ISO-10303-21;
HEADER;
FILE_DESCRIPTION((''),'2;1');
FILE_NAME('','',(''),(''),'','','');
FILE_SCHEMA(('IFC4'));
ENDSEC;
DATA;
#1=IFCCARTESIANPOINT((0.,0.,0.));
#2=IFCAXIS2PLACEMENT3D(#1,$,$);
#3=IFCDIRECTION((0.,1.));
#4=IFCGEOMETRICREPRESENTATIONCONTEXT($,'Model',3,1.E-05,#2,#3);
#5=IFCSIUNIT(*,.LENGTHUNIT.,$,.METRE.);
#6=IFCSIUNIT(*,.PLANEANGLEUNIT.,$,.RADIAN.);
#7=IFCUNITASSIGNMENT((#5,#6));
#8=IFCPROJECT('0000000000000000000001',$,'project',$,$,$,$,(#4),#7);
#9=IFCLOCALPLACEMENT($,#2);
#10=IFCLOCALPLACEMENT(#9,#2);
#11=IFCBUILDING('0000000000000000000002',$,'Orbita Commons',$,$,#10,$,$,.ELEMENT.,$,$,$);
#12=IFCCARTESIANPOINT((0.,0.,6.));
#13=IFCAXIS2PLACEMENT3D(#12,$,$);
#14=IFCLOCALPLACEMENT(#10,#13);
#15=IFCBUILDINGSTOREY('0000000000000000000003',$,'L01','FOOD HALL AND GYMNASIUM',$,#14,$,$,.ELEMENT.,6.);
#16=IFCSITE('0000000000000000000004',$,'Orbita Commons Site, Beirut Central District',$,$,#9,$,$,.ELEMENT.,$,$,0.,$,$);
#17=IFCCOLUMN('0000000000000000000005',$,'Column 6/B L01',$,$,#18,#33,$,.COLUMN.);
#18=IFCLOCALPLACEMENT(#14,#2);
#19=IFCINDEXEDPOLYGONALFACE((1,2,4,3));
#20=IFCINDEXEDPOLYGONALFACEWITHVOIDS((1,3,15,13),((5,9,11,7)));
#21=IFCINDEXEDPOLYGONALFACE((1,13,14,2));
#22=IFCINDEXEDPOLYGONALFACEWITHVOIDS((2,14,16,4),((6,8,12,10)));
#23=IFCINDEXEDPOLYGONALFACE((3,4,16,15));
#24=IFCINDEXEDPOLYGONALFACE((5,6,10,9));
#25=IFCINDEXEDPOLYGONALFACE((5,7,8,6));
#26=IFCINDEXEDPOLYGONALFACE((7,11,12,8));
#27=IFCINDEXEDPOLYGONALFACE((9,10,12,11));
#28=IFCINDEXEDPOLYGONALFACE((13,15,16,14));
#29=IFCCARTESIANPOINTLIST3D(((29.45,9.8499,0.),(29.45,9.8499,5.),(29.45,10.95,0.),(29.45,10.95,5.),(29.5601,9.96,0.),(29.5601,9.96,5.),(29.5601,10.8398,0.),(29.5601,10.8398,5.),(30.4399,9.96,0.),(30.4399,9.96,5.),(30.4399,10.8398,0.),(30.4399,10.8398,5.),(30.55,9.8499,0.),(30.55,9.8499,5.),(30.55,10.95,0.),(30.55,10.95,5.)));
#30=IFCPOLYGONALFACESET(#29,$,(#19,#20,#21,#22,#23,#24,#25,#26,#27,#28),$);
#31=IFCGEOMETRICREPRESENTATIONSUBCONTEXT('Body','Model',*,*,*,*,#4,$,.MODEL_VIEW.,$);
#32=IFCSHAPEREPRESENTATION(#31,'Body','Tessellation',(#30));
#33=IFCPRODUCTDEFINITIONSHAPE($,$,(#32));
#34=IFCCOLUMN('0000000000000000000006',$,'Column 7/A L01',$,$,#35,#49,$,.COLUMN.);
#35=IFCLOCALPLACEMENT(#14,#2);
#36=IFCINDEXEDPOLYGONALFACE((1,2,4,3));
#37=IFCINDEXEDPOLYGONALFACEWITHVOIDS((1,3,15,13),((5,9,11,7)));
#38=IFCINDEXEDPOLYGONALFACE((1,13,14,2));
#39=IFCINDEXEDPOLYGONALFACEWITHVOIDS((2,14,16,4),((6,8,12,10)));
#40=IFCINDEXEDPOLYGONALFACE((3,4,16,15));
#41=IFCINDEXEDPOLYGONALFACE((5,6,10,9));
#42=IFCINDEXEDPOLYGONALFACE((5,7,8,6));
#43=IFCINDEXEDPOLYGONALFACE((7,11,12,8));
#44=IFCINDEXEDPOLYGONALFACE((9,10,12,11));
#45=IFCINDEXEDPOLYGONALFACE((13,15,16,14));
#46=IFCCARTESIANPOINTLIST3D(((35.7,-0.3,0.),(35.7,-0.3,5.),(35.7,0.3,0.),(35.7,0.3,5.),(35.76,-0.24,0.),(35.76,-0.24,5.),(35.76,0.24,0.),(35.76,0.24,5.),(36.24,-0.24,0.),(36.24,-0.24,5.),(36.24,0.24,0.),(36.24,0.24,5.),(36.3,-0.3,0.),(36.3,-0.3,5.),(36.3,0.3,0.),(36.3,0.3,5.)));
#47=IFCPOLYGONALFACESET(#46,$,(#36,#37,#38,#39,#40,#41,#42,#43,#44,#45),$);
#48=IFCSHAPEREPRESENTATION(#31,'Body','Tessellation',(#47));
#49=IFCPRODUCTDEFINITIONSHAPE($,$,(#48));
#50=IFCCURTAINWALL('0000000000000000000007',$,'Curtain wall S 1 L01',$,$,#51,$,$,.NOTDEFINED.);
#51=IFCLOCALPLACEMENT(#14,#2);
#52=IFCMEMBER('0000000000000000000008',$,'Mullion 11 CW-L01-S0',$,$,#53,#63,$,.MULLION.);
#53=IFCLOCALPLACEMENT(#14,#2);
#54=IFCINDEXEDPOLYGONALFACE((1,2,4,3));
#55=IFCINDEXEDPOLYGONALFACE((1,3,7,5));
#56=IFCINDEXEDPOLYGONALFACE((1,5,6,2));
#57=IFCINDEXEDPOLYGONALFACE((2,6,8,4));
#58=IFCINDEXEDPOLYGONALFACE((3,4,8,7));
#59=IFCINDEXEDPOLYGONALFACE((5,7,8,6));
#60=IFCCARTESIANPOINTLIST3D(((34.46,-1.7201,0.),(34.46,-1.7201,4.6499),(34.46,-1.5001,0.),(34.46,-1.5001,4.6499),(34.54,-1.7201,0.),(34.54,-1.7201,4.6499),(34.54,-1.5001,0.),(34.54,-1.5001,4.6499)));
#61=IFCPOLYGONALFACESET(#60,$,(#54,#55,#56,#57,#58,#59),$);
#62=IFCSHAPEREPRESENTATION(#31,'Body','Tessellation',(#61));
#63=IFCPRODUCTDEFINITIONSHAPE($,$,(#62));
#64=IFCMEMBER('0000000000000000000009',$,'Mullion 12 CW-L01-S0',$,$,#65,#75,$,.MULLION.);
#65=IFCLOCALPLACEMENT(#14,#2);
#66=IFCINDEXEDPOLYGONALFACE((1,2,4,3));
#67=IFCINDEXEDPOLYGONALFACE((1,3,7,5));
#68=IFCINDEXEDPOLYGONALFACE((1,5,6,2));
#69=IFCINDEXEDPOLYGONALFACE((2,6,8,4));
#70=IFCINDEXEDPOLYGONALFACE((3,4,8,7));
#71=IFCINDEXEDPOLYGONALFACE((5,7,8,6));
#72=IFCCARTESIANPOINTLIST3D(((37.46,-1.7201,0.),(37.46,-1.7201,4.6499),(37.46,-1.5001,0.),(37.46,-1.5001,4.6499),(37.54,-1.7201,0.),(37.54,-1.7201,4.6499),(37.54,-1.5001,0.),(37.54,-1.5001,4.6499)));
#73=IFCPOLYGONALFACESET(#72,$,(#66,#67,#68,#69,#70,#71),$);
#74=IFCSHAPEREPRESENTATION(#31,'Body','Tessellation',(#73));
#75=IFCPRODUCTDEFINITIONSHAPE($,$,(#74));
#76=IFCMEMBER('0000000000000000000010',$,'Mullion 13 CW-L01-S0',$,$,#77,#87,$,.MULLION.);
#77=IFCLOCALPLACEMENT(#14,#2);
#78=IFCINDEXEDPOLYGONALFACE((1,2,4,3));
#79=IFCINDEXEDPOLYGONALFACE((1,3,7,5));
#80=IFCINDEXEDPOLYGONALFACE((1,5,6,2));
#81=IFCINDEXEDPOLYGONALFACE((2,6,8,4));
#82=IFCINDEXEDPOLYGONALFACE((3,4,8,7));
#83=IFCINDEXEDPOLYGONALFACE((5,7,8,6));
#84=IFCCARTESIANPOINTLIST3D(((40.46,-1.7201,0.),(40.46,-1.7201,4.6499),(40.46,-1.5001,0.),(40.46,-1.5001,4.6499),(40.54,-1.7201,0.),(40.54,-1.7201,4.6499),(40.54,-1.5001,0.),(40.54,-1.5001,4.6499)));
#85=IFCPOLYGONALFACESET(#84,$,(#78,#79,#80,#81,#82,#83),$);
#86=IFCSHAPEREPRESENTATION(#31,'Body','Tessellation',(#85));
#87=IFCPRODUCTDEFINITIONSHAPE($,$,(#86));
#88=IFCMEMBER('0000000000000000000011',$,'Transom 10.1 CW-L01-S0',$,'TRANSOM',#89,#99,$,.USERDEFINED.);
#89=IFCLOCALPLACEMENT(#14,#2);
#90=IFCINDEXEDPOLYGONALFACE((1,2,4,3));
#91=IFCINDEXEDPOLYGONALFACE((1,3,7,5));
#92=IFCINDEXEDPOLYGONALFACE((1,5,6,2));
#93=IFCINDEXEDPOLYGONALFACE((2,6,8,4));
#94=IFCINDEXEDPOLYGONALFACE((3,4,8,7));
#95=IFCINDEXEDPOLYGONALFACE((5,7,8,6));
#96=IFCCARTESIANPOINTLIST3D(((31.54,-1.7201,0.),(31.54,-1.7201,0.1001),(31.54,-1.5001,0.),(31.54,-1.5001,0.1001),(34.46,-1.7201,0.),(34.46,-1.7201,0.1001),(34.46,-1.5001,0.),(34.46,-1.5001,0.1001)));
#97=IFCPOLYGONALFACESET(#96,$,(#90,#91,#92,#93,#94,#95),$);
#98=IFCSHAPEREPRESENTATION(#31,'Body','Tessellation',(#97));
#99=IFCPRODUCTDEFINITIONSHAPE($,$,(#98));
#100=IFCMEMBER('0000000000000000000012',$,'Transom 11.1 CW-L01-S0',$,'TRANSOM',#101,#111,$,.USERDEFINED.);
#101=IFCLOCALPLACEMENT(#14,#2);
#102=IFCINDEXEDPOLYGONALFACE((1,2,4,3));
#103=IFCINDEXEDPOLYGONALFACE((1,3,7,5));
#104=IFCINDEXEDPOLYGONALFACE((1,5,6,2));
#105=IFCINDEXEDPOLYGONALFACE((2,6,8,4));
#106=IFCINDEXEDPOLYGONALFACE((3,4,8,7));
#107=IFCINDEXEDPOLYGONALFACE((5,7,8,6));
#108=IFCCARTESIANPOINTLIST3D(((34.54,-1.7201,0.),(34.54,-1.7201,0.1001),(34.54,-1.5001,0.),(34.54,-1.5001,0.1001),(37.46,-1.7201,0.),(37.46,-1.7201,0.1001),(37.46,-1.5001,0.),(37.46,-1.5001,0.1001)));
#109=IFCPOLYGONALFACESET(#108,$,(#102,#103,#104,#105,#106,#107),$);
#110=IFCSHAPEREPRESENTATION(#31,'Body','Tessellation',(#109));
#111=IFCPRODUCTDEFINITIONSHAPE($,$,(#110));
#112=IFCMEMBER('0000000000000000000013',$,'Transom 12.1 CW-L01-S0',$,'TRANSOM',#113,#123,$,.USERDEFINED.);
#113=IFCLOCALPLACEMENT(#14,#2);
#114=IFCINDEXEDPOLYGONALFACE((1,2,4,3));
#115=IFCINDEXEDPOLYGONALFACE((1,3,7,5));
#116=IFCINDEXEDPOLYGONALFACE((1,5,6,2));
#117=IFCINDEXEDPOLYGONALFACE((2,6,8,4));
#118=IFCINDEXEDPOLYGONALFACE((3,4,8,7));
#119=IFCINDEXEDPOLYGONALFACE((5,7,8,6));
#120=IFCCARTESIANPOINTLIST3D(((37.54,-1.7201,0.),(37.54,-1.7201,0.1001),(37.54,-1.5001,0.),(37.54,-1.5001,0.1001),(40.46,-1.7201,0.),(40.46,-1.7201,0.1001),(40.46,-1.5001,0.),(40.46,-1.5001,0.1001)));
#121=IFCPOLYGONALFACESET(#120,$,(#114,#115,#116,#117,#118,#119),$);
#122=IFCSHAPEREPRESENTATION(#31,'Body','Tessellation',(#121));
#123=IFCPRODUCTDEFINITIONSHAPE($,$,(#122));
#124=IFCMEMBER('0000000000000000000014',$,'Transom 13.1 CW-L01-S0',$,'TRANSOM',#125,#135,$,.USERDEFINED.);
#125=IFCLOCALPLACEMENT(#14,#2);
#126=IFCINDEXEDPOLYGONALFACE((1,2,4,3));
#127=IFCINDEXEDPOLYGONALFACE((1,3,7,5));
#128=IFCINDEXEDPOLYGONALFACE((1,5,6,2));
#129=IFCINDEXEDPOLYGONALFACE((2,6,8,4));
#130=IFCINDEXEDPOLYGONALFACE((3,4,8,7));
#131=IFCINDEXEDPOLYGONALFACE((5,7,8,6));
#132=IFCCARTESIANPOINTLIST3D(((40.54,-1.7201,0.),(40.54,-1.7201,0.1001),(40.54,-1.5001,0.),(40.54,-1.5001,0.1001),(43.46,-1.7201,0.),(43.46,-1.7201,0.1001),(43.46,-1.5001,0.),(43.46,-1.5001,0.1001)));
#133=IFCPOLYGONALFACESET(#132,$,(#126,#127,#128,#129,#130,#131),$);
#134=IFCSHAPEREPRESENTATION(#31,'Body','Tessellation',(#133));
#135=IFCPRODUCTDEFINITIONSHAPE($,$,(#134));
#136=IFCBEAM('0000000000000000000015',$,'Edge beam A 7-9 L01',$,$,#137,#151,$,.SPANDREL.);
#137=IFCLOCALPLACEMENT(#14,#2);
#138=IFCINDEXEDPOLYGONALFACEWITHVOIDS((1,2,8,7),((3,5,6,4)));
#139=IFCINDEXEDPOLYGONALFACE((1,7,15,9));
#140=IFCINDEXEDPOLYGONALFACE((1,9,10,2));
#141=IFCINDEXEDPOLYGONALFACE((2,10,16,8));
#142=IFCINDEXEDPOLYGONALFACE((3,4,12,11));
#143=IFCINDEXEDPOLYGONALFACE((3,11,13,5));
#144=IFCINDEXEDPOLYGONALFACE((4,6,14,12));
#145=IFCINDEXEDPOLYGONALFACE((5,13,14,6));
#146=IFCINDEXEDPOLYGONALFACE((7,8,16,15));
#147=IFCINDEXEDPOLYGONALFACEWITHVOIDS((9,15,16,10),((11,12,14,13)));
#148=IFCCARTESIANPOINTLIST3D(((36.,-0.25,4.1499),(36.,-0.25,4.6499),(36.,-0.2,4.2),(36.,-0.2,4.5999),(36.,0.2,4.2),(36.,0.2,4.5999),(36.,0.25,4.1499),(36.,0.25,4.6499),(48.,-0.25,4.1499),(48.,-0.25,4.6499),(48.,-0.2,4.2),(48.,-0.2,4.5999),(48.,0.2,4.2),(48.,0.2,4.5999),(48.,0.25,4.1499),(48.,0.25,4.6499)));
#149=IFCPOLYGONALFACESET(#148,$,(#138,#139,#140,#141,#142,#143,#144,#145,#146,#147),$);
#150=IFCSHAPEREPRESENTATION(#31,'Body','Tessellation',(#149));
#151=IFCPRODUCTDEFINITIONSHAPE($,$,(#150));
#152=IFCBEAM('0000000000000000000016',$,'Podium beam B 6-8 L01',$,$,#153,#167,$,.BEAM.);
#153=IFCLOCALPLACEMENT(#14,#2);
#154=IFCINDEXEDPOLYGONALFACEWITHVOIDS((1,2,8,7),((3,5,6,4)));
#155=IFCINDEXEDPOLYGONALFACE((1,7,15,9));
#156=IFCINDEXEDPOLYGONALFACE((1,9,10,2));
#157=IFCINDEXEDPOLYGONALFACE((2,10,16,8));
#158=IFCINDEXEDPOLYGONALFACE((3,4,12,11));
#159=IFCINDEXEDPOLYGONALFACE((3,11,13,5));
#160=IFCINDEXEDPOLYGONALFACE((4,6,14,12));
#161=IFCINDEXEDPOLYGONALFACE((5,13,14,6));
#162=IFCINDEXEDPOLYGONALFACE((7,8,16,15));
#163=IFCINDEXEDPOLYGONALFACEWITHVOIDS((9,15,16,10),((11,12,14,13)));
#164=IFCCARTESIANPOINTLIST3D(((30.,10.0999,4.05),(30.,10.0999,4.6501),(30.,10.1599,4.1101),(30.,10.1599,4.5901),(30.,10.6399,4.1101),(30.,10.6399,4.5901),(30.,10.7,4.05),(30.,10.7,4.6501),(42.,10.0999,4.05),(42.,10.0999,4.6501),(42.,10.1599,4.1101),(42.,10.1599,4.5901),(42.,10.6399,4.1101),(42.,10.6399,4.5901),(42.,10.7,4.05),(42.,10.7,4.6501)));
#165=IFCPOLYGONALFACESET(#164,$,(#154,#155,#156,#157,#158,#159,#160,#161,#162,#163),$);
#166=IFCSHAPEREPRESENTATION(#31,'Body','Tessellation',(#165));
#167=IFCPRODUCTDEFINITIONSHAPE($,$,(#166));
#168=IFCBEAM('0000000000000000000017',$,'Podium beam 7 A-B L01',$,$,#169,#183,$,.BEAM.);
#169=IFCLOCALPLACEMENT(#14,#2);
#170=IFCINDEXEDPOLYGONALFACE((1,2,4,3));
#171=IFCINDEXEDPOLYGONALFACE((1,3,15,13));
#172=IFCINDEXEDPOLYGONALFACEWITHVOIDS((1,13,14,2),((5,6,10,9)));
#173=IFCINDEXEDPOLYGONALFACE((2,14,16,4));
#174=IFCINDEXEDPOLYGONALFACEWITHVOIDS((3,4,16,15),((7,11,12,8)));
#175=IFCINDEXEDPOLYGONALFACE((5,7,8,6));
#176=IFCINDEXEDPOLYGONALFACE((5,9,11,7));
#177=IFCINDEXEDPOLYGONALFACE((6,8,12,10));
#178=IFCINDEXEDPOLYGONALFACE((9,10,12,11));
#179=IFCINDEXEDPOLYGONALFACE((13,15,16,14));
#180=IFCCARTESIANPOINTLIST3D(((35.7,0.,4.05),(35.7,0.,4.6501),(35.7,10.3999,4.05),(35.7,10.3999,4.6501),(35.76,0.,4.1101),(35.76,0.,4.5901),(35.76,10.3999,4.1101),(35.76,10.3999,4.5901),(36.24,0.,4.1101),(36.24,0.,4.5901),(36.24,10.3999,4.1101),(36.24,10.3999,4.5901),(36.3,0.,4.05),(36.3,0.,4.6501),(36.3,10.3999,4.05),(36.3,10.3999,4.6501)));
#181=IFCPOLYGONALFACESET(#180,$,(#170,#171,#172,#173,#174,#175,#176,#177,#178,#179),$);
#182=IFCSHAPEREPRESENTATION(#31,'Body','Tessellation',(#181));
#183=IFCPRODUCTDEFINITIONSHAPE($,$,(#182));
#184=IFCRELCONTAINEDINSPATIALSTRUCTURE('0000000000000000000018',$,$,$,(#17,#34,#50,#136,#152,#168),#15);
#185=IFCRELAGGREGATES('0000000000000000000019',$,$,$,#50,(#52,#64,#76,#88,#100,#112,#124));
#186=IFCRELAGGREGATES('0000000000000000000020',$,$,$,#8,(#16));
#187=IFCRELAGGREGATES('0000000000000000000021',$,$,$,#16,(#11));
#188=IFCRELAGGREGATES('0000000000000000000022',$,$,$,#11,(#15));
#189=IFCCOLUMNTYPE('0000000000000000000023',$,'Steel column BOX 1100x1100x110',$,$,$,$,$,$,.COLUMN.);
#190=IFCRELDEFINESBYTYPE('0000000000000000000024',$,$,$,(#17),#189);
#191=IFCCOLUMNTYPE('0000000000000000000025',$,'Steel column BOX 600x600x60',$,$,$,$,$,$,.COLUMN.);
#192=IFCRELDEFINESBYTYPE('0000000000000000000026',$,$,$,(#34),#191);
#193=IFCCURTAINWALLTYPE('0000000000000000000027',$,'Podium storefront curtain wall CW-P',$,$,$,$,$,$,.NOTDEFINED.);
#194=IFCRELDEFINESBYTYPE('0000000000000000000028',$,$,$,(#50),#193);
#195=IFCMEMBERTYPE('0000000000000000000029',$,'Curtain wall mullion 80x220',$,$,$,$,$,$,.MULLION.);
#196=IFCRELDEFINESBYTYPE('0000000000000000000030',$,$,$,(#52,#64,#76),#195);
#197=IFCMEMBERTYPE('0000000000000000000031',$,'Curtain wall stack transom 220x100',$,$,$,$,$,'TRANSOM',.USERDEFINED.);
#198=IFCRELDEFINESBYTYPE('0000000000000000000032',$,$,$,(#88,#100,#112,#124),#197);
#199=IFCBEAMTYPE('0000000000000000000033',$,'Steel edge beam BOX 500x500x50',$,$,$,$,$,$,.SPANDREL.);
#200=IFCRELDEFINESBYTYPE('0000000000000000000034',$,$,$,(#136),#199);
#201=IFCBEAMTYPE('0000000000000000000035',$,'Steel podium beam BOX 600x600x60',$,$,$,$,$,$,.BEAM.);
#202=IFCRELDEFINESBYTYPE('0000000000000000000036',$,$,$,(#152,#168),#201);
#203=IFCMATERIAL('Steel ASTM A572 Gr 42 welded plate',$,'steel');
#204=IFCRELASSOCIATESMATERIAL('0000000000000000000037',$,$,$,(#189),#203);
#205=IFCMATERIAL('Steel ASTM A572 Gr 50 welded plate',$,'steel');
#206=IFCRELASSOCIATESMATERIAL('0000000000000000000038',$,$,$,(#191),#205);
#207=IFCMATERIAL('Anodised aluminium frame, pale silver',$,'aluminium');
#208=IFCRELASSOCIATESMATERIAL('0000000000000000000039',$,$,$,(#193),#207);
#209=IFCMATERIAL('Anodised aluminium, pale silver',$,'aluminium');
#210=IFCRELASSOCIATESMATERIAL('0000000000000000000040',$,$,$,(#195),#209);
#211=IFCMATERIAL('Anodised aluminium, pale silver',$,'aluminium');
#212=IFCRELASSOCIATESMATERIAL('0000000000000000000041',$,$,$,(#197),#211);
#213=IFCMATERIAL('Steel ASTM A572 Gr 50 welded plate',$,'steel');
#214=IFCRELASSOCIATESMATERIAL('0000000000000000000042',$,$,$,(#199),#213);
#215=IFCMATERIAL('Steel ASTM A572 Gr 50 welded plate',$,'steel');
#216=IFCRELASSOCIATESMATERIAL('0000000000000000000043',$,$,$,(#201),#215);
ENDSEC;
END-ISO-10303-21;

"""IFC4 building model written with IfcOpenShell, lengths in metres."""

from ifc_helpers import new_model, si_unit, direction, frame, origin, origin_2d, place, context, subcontext, project, spatial, rectangle, hollow_rectangle, extrude, material, material_profile, profile_set, type_object, element, aggregate, save


model = new_model("IFC4")

# Units and contexts
model_context = context("Model", 3, precision=1e-05, world=origin(), true_north=direction((0.0, 1.0)))
body_context = subcontext(model_context, "Body", "Model", "MODEL_VIEW")
ifc_project = project(units=[si_unit("LENGTHUNIT", "METRE"), si_unit("PLANEANGLEUNIT", "RADIAN")], contexts=[model_context])

# Site, building, storey
site_placement = place(None, origin())
site = spatial("IfcSite", under=ifc_project, at=site_placement, Name="Orbita Commons Site, Beirut Central District", CompositionType="ELEMENT", RefElevation=0.0)
building_placement = place(site_placement, origin())
building = spatial("IfcBuilding", under=site, at=building_placement, Name="Orbita Commons", CompositionType="ELEMENT")
storey_placement = place(building_placement, frame((0.0, 0.0, 6.0)))
storey = spatial("IfcBuildingStorey", under=building, at=storey_placement, Name="L01", Description="FOOD HALL AND GYMNASIUM", CompositionType="ELEMENT", Elevation=6.0)

# Columns
ifc_material_1 = material(Name="Steel ASTM A572 Gr 42 welded plate", Category="steel")
ifc_material_profile_1 = material_profile(ifc_material_1, hollow_rectangle(XDim=1.1001, YDim=1.1001, WallThickness=0.1101, at=origin_2d()), Name="BOX 1100x1100x110")
ifc_profile_set_1 = profile_set([ifc_material_profile_1], Name="Steel ASTM A572 Gr 42 welded plate")
column_type_1 = type_object("IfcColumnType", Name="Steel column BOX 1100x1100x110", PredefinedType="COLUMN", material=ifc_profile_set_1)
column_1_placement = place(storey_placement, frame((30.0, 10.3999, 0.0), z_axis=(0.0, 0.0, 1.0), x_axis=(1.0, 0.0, 0.0)))
element("IfcColumn", 1, at=column_1_placement, inside=storey, type_object=column_type_1, Name="Column 6/B L01", PredefinedType="COLUMN", context=body_context, shape_type="SweptSolid", body=[
    extrude(hollow_rectangle(XDim=1.1001, YDim=1.1001, WallThickness=0.1101, at=origin_2d()), origin(), (0.0, 0.0, 1.0), 5.0),
])
ifc_material_2 = material(Name="Steel ASTM A572 Gr 50 welded plate", Category="steel")
ifc_material_profile_2 = material_profile(ifc_material_2, hollow_rectangle(XDim=0.6001, YDim=0.6001, WallThickness=0.0601, at=origin_2d()), Name="BOX 600x600x60")
ifc_profile_set_2 = profile_set([ifc_material_profile_2], Name="Steel ASTM A572 Gr 50 welded plate")
column_type_2 = type_object("IfcColumnType", Name="Steel column BOX 600x600x60", PredefinedType="COLUMN", material=ifc_profile_set_2)
column_2_placement = place(storey_placement, frame((36.0, 0.0, 0.0), z_axis=(0.0, 0.0, 1.0), x_axis=(1.0, 0.0, 0.0)))
element("IfcColumn", 2, at=column_2_placement, inside=storey, type_object=column_type_2, Name="Column 7/A L01", PredefinedType="COLUMN", context=body_context, shape_type="SweptSolid", body=[
    extrude(hollow_rectangle(XDim=0.6001, YDim=0.6001, WallThickness=0.0601, at=origin_2d()), origin(), (0.0, 0.0, 1.0), 5.0),
])

# Curtain wall, members
ifc_material_3 = material(Name="Anodised aluminium frame, pale silver", Category="aluminium")
curtain_wall_type = type_object("IfcCurtainWallType", Name="Podium storefront curtain wall CW-P", PredefinedType="NOTDEFINED", material=ifc_material_3)
curtain_wall_placement = place(storey_placement, origin())
curtain_wall = element("IfcCurtainWall", 3, at=curtain_wall_placement, inside=storey, type_object=curtain_wall_type, Name="Curtain wall S 1 L01", PredefinedType="NOTDEFINED")
ifc_material_4 = material(Name="Anodised aluminium, pale silver", Category="aluminium")
ifc_material_profile_3 = material_profile(ifc_material_4, rectangle(XDim=0.0801, YDim=0.22, at=origin_2d()), Name="AL 80x220")
ifc_profile_set_3 = profile_set([ifc_material_profile_3], Name="Anodised aluminium, pale silver")
member_type_1 = type_object("IfcMemberType", Name="Curtain wall mullion 80x220", PredefinedType="MULLION", material=ifc_profile_set_3)
member_1_placement = place(storey_placement, frame((34.5, -1.6101, 0.0), z_axis=(0.0, 0.0, 1.0), x_axis=(1.0, 0.0, 0.0)))
member_1 = element("IfcMember", 4, at=member_1_placement, type_object=member_type_1, Name="Mullion 11 CW-L01-S0", PredefinedType="MULLION", context=body_context, shape_type="SweptSolid", body=[
    extrude(rectangle(XDim=0.0801, YDim=0.22, at=origin_2d()), origin(), (0.0, 0.0, 1.0), 4.6499),
])
member_2_placement = place(storey_placement, frame((37.5, -1.6101, 0.0), z_axis=(0.0, 0.0, 1.0), x_axis=(1.0, 0.0, 0.0)))
member_2 = element("IfcMember", 5, at=member_2_placement, type_object=member_type_1, Name="Mullion 12 CW-L01-S0", PredefinedType="MULLION", context=body_context, shape_type="SweptSolid", body=[
    extrude(rectangle(XDim=0.0801, YDim=0.22, at=origin_2d()), origin(), (0.0, 0.0, 1.0), 4.6499),
])
member_3_placement = place(storey_placement, frame((40.5, -1.6101, 0.0), z_axis=(0.0, 0.0, 1.0), x_axis=(1.0, 0.0, 0.0)))
member_3 = element("IfcMember", 6, at=member_3_placement, type_object=member_type_1, Name="Mullion 13 CW-L01-S0", PredefinedType="MULLION", context=body_context, shape_type="SweptSolid", body=[
    extrude(rectangle(XDim=0.0801, YDim=0.22, at=origin_2d()), origin(), (0.0, 0.0, 1.0), 4.6499),
])
ifc_material_5 = material(Name="Anodised aluminium, pale silver", Category="aluminium")
ifc_material_profile_4 = material_profile(ifc_material_5, rectangle(XDim=0.22, YDim=0.1001, at=origin_2d()), Name="AL 220x100")
ifc_profile_set_4 = profile_set([ifc_material_profile_4], Name="Anodised aluminium, pale silver")
member_type_2 = type_object("IfcMemberType", Name="Curtain wall stack transom 220x100", ElementType="TRANSOM", PredefinedType="USERDEFINED", material=ifc_profile_set_4)
member_4_placement = place(storey_placement, frame((31.54, -1.6101, 0.05), z_axis=(1.0, 0.0, 0.0), x_axis=(0.0, 1.0, 0.0)))
member_4 = element("IfcMember", 7, at=member_4_placement, type_object=member_type_2, Name="Transom 10.1 CW-L01-S0", ObjectType="TRANSOM", PredefinedType="USERDEFINED", context=body_context, shape_type="SweptSolid", body=[
    extrude(rectangle(XDim=0.22, YDim=0.1001, at=origin_2d()), origin(), (0.0, 0.0, 1.0), 2.9199),
])
member_5_placement = place(storey_placement, frame((34.54, -1.6101, 0.05), z_axis=(1.0, 0.0, 0.0), x_axis=(0.0, 1.0, 0.0)))
member_5 = element("IfcMember", 8, at=member_5_placement, type_object=member_type_2, Name="Transom 11.1 CW-L01-S0", ObjectType="TRANSOM", PredefinedType="USERDEFINED", context=body_context, shape_type="SweptSolid", body=[
    extrude(rectangle(XDim=0.22, YDim=0.1001, at=origin_2d()), origin(), (0.0, 0.0, 1.0), 2.9199),
])
member_6_placement = place(storey_placement, frame((37.54, -1.6101, 0.05), z_axis=(1.0, 0.0, 0.0), x_axis=(0.0, 1.0, 0.0)))
member_6 = element("IfcMember", 9, at=member_6_placement, type_object=member_type_2, Name="Transom 12.1 CW-L01-S0", ObjectType="TRANSOM", PredefinedType="USERDEFINED", context=body_context, shape_type="SweptSolid", body=[
    extrude(rectangle(XDim=0.22, YDim=0.1001, at=origin_2d()), origin(), (0.0, 0.0, 1.0), 2.9199),
])
member_7_placement = place(storey_placement, frame((40.54, -1.6101, 0.05), z_axis=(1.0, 0.0, 0.0), x_axis=(0.0, 1.0, 0.0)))
member_7 = element("IfcMember", 10, at=member_7_placement, type_object=member_type_2, Name="Transom 13.1 CW-L01-S0", ObjectType="TRANSOM", PredefinedType="USERDEFINED", context=body_context, shape_type="SweptSolid", body=[
    extrude(rectangle(XDim=0.22, YDim=0.1001, at=origin_2d()), origin(), (0.0, 0.0, 1.0), 2.9199),
])

# Beams
ifc_material_6 = material(Name="Steel ASTM A572 Gr 50 welded plate", Category="steel")
ifc_material_profile_5 = material_profile(ifc_material_6, hollow_rectangle(XDim=0.5, YDim=0.5, WallThickness=0.05, at=origin_2d()), Name="BOX 500x500x50")
ifc_profile_set_5 = profile_set([ifc_material_profile_5], Name="Steel ASTM A572 Gr 50 welded plate")
beam_type_1 = type_object("IfcBeamType", Name="Steel edge beam BOX 500x500x50", PredefinedType="SPANDREL", material=ifc_profile_set_5)
beam_1_placement = place(storey_placement, frame((36.0, 0.0, 4.3999), z_axis=(1.0, 0.0, 0.0), x_axis=(0.0, 1.0, 0.0)))
element("IfcBeam", 11, at=beam_1_placement, inside=storey, type_object=beam_type_1, Name="Edge beam A 7-9 L01", PredefinedType="SPANDREL", context=body_context, shape_type="SweptSolid", body=[
    extrude(hollow_rectangle(XDim=0.5, YDim=0.5, WallThickness=0.05, at=origin_2d()), origin(), (0.0, 0.0, 1.0), 12.0),
])
ifc_material_7 = material(Name="Steel ASTM A572 Gr 50 welded plate", Category="steel")
ifc_material_profile_6 = material_profile(ifc_material_7, hollow_rectangle(XDim=0.6001, YDim=0.6001, WallThickness=0.0601, at=origin_2d()), Name="BOX 600x600x60")
ifc_profile_set_6 = profile_set([ifc_material_profile_6], Name="Steel ASTM A572 Gr 50 welded plate")
beam_type_2 = type_object("IfcBeamType", Name="Steel podium beam BOX 600x600x60", PredefinedType="BEAM", material=ifc_profile_set_6)
beam_2_placement = place(storey_placement, frame((30.0, 10.3999, 4.3501), z_axis=(1.0, 0.0, 0.0), x_axis=(0.0, 1.0, 0.0)))
element("IfcBeam", 12, at=beam_2_placement, inside=storey, type_object=beam_type_2, Name="Podium beam B 6-8 L01", PredefinedType="BEAM", context=body_context, shape_type="SweptSolid", body=[
    extrude(hollow_rectangle(XDim=0.6001, YDim=0.6001, WallThickness=0.0601, at=origin_2d()), origin(), (0.0, 0.0, 1.0), 12.0),
])
beam_3_placement = place(storey_placement, frame((36.0, 0.0, 4.3501), z_axis=(0.0, 1.0, 0.0), x_axis=(-1.0, 0.0, 0.0)))
element("IfcBeam", 13, at=beam_3_placement, inside=storey, type_object=beam_type_2, Name="Podium beam 7 A-B L01", PredefinedType="BEAM", context=body_context, shape_type="SweptSolid", body=[
    extrude(hollow_rectangle(XDim=0.6001, YDim=0.6001, WallThickness=0.0601, at=origin_2d()), origin(), (0.0, 0.0, 1.0), 10.3999),
])

aggregate(curtain_wall, [member_1, member_2, member_3, member_4, member_5, member_6, member_7])

save(model, "model.ifc")
